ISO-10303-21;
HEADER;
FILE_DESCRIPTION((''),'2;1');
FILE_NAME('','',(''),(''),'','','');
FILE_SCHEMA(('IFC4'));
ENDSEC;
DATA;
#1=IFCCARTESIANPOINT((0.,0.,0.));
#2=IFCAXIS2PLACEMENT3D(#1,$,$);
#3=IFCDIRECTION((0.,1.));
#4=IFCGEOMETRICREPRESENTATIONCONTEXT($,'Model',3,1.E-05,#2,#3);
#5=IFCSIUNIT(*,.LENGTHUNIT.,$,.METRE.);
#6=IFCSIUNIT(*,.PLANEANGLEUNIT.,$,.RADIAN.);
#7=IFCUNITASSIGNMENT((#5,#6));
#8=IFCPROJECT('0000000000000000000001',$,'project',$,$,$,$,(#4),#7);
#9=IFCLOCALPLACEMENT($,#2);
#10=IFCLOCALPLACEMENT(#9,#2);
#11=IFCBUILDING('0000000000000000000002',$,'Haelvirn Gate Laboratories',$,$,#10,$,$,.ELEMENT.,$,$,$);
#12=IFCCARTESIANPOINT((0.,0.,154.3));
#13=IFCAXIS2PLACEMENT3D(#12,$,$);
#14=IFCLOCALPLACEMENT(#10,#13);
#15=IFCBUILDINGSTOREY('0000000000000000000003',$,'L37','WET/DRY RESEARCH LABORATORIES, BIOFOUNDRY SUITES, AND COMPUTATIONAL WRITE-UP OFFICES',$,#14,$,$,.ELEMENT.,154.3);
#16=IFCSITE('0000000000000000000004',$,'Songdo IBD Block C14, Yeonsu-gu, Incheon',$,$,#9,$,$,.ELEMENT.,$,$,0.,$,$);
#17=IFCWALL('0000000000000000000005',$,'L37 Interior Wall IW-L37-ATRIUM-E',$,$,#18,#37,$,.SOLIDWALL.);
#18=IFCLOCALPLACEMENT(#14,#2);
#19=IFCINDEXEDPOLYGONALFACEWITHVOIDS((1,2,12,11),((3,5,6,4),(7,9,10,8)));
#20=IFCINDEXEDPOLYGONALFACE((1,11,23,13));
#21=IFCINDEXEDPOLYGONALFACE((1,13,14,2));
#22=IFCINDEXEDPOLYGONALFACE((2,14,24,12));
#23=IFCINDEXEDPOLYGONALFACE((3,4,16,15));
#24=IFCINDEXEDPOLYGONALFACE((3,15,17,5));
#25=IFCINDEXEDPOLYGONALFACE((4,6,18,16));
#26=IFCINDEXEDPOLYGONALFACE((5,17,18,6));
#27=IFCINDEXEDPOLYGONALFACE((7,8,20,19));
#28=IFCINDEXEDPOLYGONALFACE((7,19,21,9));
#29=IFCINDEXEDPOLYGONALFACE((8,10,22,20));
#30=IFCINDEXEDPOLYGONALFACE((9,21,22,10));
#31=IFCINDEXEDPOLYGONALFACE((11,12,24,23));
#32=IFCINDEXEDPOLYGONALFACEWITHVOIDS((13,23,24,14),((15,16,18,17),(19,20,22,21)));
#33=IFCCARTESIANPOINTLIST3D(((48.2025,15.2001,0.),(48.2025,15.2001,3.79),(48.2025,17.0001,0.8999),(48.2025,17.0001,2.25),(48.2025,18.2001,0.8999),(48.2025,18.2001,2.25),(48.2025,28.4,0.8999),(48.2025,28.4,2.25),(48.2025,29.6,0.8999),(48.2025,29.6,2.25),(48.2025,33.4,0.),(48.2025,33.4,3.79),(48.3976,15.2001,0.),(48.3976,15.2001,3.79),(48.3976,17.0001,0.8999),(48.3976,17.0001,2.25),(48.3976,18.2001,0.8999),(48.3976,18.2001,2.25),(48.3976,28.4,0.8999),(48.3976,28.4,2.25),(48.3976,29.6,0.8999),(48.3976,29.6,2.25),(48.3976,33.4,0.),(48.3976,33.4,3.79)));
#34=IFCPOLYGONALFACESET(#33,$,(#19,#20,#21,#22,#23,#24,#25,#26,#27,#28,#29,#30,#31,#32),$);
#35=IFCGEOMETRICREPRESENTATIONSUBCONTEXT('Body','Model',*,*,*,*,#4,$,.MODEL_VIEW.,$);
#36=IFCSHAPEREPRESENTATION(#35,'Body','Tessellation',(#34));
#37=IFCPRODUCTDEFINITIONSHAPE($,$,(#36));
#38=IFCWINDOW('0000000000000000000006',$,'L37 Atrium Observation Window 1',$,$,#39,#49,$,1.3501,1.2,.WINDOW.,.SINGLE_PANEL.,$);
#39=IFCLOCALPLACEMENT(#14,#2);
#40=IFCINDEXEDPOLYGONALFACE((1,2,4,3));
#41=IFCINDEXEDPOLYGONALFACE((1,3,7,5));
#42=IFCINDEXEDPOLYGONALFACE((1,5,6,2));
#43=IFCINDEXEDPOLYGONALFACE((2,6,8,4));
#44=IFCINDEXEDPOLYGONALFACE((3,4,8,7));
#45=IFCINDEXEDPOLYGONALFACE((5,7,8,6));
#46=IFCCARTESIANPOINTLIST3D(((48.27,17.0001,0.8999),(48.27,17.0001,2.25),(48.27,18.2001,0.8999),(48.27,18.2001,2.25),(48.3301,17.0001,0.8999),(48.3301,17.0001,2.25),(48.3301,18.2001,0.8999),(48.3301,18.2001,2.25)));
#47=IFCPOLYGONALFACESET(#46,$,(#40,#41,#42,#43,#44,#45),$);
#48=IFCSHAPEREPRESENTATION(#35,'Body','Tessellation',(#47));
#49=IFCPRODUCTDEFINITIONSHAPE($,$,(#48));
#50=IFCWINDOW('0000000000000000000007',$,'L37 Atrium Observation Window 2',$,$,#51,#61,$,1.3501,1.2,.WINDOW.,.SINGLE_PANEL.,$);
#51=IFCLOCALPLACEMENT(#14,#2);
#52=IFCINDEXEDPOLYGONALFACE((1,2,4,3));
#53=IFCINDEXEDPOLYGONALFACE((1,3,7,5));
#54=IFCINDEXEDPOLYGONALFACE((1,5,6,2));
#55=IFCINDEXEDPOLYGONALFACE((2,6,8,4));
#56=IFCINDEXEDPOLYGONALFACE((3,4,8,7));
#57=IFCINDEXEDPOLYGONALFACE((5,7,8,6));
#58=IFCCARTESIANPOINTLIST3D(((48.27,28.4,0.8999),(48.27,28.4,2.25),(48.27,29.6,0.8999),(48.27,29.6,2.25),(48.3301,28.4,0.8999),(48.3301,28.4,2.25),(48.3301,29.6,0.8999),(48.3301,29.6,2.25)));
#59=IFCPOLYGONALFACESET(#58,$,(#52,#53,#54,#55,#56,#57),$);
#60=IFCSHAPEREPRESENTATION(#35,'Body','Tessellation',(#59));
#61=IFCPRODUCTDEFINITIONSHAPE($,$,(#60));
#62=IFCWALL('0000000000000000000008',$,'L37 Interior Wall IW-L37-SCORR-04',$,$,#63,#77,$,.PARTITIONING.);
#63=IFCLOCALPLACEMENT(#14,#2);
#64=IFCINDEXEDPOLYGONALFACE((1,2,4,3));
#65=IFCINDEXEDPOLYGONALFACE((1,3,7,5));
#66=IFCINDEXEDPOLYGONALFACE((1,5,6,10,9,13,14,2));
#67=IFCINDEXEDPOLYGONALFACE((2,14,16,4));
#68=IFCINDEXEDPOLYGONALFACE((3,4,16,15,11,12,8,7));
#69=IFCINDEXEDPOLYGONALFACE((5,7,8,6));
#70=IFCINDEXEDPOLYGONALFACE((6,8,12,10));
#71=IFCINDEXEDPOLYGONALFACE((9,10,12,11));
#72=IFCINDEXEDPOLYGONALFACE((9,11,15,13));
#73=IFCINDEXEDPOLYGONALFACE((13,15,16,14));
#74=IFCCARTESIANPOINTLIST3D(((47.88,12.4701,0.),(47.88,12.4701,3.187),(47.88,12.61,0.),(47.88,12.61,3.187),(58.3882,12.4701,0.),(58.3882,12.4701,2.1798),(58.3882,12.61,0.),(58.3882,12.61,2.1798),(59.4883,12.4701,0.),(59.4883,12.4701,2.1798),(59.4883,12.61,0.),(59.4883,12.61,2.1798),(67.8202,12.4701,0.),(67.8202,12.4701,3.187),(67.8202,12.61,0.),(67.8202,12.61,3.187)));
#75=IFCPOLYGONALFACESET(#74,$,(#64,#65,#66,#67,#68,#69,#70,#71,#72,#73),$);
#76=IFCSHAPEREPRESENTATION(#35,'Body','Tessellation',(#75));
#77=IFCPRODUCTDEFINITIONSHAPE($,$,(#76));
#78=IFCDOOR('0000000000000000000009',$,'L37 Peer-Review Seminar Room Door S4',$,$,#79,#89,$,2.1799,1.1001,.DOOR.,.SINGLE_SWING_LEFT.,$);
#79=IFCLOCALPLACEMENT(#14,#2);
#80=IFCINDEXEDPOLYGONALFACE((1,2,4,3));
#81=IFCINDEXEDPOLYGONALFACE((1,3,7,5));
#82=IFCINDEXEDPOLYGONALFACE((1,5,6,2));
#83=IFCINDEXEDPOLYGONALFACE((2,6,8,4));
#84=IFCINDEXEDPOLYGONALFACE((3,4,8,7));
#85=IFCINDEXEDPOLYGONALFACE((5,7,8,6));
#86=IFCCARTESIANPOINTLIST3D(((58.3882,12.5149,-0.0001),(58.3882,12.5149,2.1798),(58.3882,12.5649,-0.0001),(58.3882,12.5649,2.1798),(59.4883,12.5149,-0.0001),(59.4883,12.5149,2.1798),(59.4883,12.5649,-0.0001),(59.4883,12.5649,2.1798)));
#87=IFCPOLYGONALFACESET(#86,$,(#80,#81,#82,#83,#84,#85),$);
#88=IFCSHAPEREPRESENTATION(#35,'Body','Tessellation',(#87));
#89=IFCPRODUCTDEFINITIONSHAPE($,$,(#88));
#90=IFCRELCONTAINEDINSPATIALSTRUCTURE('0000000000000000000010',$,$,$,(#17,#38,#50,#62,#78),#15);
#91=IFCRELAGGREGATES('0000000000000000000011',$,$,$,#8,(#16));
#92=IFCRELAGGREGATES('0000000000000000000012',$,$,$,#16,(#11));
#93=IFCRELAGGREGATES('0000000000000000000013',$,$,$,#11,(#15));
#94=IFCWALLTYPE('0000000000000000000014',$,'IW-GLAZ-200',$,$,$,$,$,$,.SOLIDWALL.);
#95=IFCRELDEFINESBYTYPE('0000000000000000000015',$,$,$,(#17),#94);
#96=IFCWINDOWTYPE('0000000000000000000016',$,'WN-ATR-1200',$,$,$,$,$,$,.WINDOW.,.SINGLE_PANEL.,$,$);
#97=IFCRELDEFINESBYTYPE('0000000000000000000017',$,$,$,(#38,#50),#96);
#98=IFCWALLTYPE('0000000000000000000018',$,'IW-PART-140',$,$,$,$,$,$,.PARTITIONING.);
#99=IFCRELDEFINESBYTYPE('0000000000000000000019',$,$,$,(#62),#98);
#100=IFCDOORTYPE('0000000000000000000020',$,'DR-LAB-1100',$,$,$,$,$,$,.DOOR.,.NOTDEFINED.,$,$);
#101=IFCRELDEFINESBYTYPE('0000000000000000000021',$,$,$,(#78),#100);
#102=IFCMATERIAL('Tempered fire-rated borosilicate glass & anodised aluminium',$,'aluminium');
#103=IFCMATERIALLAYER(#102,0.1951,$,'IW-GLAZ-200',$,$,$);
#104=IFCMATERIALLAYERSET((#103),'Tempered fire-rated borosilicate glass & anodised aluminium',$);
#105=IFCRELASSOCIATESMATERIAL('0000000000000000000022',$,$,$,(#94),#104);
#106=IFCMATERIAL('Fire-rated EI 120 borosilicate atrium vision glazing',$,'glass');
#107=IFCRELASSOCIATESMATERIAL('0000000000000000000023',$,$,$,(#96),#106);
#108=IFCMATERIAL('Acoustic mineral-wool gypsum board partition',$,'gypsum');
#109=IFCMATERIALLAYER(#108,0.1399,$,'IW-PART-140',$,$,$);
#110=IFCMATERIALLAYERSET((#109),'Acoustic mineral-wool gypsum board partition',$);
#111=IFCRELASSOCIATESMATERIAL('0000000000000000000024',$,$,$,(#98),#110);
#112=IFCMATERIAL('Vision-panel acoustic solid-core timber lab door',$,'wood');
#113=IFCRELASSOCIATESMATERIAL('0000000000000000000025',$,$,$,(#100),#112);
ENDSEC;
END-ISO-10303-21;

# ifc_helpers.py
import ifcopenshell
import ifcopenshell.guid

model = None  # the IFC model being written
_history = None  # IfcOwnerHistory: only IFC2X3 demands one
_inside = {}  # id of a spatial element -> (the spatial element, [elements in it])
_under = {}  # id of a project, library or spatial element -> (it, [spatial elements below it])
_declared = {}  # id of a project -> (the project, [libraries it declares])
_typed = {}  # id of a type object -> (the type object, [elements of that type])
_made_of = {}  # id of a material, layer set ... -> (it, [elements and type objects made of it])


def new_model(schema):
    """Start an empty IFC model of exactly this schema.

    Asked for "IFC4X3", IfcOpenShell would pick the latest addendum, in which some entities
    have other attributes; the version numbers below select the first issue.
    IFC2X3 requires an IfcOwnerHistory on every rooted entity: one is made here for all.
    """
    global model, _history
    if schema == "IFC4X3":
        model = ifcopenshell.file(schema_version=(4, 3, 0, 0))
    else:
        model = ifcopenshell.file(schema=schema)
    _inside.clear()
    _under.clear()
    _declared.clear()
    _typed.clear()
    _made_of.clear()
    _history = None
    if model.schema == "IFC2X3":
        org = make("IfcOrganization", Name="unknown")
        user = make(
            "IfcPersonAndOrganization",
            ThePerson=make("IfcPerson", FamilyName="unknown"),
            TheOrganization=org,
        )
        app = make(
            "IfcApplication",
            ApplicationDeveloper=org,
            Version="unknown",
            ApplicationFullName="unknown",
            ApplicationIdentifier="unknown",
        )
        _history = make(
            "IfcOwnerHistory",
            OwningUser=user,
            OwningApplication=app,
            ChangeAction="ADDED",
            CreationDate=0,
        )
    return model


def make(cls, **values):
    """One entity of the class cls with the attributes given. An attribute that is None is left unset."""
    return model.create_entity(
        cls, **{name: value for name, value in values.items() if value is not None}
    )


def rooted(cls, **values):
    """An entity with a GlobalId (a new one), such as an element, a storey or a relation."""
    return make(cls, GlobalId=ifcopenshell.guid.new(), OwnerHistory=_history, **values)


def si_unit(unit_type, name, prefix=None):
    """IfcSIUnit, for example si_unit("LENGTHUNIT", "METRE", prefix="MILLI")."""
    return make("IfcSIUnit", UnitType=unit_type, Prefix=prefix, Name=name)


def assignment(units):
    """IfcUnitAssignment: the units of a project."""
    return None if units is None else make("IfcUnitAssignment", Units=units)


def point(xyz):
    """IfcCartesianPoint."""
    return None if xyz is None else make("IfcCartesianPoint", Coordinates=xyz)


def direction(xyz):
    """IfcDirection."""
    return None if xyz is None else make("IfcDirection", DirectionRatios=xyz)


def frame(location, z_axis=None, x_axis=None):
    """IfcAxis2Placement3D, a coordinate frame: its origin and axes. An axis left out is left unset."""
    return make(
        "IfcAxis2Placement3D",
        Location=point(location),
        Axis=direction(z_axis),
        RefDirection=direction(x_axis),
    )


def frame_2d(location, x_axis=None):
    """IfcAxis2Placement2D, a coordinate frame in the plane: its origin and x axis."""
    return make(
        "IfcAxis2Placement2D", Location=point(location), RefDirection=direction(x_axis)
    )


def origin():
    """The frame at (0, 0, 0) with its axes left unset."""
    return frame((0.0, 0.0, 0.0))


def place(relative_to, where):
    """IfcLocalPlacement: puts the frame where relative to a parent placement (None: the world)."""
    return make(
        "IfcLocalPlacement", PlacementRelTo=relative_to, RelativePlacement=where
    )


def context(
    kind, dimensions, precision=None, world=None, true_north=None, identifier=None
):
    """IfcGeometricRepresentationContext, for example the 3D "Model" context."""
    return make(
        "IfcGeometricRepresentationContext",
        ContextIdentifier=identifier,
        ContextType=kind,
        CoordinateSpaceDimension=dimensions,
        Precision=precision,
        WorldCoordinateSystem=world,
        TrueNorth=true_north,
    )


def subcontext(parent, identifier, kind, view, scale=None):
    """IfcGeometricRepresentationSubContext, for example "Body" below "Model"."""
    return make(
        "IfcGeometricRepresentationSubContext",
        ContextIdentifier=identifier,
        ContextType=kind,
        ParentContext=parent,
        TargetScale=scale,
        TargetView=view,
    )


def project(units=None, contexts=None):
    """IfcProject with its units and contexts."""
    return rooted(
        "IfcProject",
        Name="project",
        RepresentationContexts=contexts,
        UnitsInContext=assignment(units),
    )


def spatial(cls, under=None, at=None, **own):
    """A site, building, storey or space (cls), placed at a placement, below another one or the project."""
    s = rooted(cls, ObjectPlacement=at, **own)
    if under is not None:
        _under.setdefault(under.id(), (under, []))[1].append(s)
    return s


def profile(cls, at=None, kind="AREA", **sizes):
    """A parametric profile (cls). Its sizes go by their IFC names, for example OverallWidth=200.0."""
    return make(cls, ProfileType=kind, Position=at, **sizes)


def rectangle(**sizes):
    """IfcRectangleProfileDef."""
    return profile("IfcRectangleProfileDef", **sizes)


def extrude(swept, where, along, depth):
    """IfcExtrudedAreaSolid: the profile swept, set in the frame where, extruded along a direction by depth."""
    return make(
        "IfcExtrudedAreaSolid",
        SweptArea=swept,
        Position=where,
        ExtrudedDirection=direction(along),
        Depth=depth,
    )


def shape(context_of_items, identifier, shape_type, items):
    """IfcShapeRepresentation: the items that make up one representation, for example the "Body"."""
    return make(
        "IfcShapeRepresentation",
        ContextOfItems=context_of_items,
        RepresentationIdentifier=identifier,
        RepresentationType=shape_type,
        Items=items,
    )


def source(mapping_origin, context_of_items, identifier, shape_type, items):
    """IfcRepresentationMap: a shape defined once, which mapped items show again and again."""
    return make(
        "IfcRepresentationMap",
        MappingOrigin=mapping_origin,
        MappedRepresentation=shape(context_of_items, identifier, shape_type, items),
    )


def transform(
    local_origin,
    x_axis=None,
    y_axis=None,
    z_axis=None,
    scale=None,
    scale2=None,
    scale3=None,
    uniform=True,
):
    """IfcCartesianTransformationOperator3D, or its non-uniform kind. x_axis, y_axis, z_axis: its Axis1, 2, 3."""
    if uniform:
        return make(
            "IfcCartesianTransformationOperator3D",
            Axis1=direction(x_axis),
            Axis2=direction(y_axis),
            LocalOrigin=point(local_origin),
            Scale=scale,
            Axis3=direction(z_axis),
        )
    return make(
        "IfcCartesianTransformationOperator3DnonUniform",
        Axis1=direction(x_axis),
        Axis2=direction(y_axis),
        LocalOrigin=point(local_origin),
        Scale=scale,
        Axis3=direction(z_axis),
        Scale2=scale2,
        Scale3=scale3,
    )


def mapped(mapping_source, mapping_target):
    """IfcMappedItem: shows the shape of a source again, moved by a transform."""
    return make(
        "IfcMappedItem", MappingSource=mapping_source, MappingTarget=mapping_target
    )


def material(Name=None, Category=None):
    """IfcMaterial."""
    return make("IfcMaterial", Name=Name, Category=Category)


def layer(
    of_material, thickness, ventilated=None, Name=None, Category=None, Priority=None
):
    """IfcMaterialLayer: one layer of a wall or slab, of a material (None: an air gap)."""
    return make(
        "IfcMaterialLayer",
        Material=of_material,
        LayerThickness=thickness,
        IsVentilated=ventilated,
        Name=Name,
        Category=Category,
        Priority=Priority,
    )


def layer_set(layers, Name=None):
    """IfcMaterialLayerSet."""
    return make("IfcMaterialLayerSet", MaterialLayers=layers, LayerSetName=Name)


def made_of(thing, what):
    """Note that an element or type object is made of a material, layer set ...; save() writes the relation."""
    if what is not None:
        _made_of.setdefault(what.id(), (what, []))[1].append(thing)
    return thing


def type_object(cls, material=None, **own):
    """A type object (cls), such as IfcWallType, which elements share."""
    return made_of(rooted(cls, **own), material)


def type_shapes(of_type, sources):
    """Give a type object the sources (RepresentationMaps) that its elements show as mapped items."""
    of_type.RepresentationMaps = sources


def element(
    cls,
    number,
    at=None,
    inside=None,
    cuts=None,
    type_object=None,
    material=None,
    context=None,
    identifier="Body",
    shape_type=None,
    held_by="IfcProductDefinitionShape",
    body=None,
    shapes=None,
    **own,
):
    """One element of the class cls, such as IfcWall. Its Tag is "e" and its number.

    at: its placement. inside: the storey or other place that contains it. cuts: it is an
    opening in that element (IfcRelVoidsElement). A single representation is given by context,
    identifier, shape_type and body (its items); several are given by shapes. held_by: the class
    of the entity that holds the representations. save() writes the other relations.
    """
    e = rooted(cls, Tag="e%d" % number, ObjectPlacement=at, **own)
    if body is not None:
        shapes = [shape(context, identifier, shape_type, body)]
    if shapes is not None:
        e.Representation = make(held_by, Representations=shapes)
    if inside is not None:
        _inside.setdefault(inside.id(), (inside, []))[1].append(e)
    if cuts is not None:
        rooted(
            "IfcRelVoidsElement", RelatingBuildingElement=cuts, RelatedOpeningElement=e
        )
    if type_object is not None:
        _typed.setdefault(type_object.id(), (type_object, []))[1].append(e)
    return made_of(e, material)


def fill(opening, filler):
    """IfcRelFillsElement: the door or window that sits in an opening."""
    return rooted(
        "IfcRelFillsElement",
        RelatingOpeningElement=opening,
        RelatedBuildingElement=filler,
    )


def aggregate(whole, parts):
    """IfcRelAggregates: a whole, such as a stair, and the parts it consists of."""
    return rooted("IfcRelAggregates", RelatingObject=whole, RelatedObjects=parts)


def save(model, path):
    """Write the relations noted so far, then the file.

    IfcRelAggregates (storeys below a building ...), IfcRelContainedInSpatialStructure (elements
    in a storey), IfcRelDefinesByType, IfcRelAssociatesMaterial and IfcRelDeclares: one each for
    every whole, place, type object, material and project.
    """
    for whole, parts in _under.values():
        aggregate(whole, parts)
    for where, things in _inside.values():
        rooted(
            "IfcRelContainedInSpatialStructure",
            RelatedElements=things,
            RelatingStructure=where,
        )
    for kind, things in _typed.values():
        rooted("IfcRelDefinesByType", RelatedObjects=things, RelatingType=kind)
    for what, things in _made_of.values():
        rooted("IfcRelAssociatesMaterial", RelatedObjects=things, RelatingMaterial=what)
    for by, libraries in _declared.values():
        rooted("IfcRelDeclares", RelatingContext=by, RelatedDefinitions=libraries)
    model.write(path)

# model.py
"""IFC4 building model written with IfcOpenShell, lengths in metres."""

from ifc_helpers import new_model, si_unit, direction, frame, frame_2d, origin, place, context, subcontext, project, spatial, rectangle, extrude, source, transform, mapped, material, layer, layer_set, type_object, type_shapes, element, fill, save


model = new_model("IFC4")

# Units and contexts
model_context = context("Model", 3, precision=1e-05, world=origin(), true_north=direction((0.0, 1.0)))
body_context = subcontext(model_context, "Body", "Model", "MODEL_VIEW")
ifc_project = project(units=[si_unit("LENGTHUNIT", "METRE"), si_unit("PLANEANGLEUNIT", "RADIAN")], contexts=[model_context])

# Site, building, storey
site_placement = place(None, origin())
site = spatial("IfcSite", under=ifc_project, at=site_placement, Name="Songdo IBD Block C14, Yeonsu-gu, Incheon", CompositionType="ELEMENT", RefElevation=0.0)
building_placement = place(site_placement, origin())
building = spatial("IfcBuilding", under=site, at=building_placement, Name="Haelvirn Gate Laboratories", CompositionType="ELEMENT")
storey_placement = place(building_placement, frame((0.0, 0.0, 154.3)))
storey = spatial("IfcBuildingStorey", under=building, at=storey_placement, Name="L37", Description="WET/DRY RESEARCH LABORATORIES, BIOFOUNDRY SUITES, AND COMPUTATIONAL WRITE-UP OFFICES", CompositionType="ELEMENT", Elevation=154.3)

# Wall, openings, windows
ifc_material_1 = material(Name="Tempered fire-rated borosilicate glass & anodised aluminium", Category="aluminium")
ifc_layer_1 = layer(ifc_material_1, 0.1951, Name="IW-GLAZ-200")
ifc_layer_set_1 = layer_set([ifc_layer_1], Name="Tempered fire-rated borosilicate glass & anodised aluminium")
wall_type_1 = type_object("IfcWallType", Name="IW-GLAZ-200", PredefinedType="SOLIDWALL", material=ifc_layer_set_1)
wall_1_placement = place(storey_placement, frame((48.3, 15.2, 0.0), z_axis=(0.0, 0.0, 1.0), x_axis=(0.0, 1.0, 0.0)))
wall_1 = element("IfcWall", 1, at=wall_1_placement, inside=storey, type_object=wall_type_1, Name="L37 Interior Wall IW-L37-ATRIUM-E", PredefinedType="SOLIDWALL", context=body_context, shape_type="SweptSolid", body=[
    extrude(rectangle(XDim=18.2, YDim=0.1951, at=frame_2d((9.1001, 0.0))), origin(), (0.0, 0.0, 1.0), 3.79),
])
opening_1_placement = place(wall_1_placement, frame((1.8, 0.0, 0.8999)))
opening_1 = element("IfcOpeningElement", 2, at=opening_1_placement, cuts=wall_1, PredefinedType="OPENING", context=body_context, shape_type="SweptSolid", body=[
    extrude(rectangle(XDim=1.2, YDim=1.3501, at=frame_2d((0.6001, 0.675))), frame((0.0, 0.1074, 0.0), z_axis=(0.0, -1.0, 0.0), x_axis=(1.0, 0.0, 0.0)), (0.0, 0.0, 1.0), 0.2151),
])
opening_2_placement = place(wall_1_placement, frame((13.2, 0.0, 0.8999)))
opening_2 = element("IfcOpeningElement", 3, at=opening_2_placement, cuts=wall_1, PredefinedType="OPENING", context=body_context, shape_type="SweptSolid", body=[
    extrude(rectangle(XDim=1.2, YDim=1.3501, at=frame_2d((0.6001, 0.675))), frame((0.0, 0.1074, 0.0), z_axis=(0.0, -1.0, 0.0), x_axis=(1.0, 0.0, 0.0)), (0.0, 0.0, 1.0), 0.2151),
])
ifc_material_2 = material(Name="Fire-rated EI 120 borosilicate atrium vision glazing", Category="glass")
window_type = type_object("IfcWindowType", Name="WN-ATR-1200", PartitioningType="SINGLE_PANEL", PredefinedType="WINDOW", material=ifc_material_2)
shared_shape_1 = source(origin(), body_context, "Body", "SweptSolid", [
    extrude(rectangle(XDim=1.2, YDim=1.3501, at=frame_2d((0.6001, 0.675))), frame((0.0, 0.03, 0.0), z_axis=(0.0, -1.0, 0.0), x_axis=(1.0, 0.0, 0.0)), (0.0, 0.0, 1.0), 0.0601),
])
type_shapes(window_type, [shared_shape_1])
window_1_placement = place(opening_1_placement, origin())
window_1 = element("IfcWindow", 4, at=window_1_placement, inside=storey, type_object=window_type, Name="L37 Atrium Observation Window 1", OverallHeight=1.3501, OverallWidth=1.2, PartitioningType="SINGLE_PANEL", PredefinedType="WINDOW", context=body_context, shape_type="MappedRepresentation", body=[
    mapped(shared_shape_1, transform((0.0, 0.0, 0.0), scale=1.0)),
])
fill(opening_1, window_1)
window_2_placement = place(opening_2_placement, origin())
window_2 = element("IfcWindow", 5, at=window_2_placement, inside=storey, type_object=window_type, Name="L37 Atrium Observation Window 2", OverallHeight=1.3501, OverallWidth=1.2, PartitioningType="SINGLE_PANEL", PredefinedType="WINDOW", context=body_context, shape_type="MappedRepresentation", body=[
    mapped(shared_shape_1, transform((0.0, 0.0, 0.0), scale=1.0)),
])
fill(opening_2, window_2)

# Wall, opening, door
ifc_material_3 = material(Name="Acoustic mineral-wool gypsum board partition", Category="gypsum")
ifc_layer_2 = layer(ifc_material_3, 0.1399, Name="IW-PART-140")
ifc_layer_set_2 = layer_set([ifc_layer_2], Name="Acoustic mineral-wool gypsum board partition")
wall_type_2 = type_object("IfcWallType", Name="IW-PART-140", PredefinedType="PARTITIONING", material=ifc_layer_set_2)
wall_2_placement = place(storey_placement, frame((47.8799, 12.54, 0.0), z_axis=(0.0, 0.0, 1.0), x_axis=(1.0, 0.0, 0.0)))
wall_2 = element("IfcWall", 6, at=wall_2_placement, inside=storey, type_object=wall_type_2, Name="L37 Interior Wall IW-L37-SCORR-04", PredefinedType="PARTITIONING", context=body_context, shape_type="SweptSolid", body=[
    extrude(rectangle(XDim=19.9402, YDim=0.1399, at=frame_2d((9.9702, 0.0))), origin(), (0.0, 0.0, 1.0), 3.187),
])
opening_3_placement = place(wall_2_placement, frame((10.5083, 0.0, 0.0)))
opening_3 = element("IfcOpeningElement", 7, at=opening_3_placement, cuts=wall_2, PredefinedType="OPENING", context=body_context, shape_type="SweptSolid", body=[
    extrude(rectangle(XDim=1.1001, YDim=2.1799, at=frame_2d((0.55, 1.0898))), frame((0.0, 0.0801, 0.0), z_axis=(0.0, -1.0, 0.0), x_axis=(1.0, 0.0, 0.0)), (0.0, 0.0, 1.0), 0.1599),
])
ifc_material_4 = material(Name="Vision-panel acoustic solid-core timber lab door", Category="wood")
door_type_1 = type_object("IfcDoorType", Name="DR-LAB-1100", OperationType="NOTDEFINED", PredefinedType="DOOR", material=ifc_material_4)
shared_shape_2 = source(origin(), body_context, "Body", "SweptSolid", [
    extrude(rectangle(XDim=1.1001, YDim=2.1799, at=frame_2d((0.55, 1.0898))), frame((0.0, 0.0249, 0.0), z_axis=(0.0, -1.0, 0.0), x_axis=(1.0, 0.0, 0.0)), (0.0, 0.0, 1.0), 0.05),
])
type_shapes(door_type_1, [shared_shape_2])
door_1_placement = place(opening_3_placement, origin())
door_1 = element("IfcDoor", 8, at=door_1_placement, inside=storey, type_object=door_type_1, Name="L37 Peer-Review Seminar Room Door S4", OperationType="SINGLE_SWING_LEFT", OverallHeight=2.1799, OverallWidth=1.1001, PredefinedType="DOOR", context=body_context, shape_type="MappedRepresentation", body=[
    mapped(shared_shape_2, transform((0.0, 0.0, 0.0), scale=1.0)),
])
fill(opening_3, door_1)

save(model, "model.ifc")
